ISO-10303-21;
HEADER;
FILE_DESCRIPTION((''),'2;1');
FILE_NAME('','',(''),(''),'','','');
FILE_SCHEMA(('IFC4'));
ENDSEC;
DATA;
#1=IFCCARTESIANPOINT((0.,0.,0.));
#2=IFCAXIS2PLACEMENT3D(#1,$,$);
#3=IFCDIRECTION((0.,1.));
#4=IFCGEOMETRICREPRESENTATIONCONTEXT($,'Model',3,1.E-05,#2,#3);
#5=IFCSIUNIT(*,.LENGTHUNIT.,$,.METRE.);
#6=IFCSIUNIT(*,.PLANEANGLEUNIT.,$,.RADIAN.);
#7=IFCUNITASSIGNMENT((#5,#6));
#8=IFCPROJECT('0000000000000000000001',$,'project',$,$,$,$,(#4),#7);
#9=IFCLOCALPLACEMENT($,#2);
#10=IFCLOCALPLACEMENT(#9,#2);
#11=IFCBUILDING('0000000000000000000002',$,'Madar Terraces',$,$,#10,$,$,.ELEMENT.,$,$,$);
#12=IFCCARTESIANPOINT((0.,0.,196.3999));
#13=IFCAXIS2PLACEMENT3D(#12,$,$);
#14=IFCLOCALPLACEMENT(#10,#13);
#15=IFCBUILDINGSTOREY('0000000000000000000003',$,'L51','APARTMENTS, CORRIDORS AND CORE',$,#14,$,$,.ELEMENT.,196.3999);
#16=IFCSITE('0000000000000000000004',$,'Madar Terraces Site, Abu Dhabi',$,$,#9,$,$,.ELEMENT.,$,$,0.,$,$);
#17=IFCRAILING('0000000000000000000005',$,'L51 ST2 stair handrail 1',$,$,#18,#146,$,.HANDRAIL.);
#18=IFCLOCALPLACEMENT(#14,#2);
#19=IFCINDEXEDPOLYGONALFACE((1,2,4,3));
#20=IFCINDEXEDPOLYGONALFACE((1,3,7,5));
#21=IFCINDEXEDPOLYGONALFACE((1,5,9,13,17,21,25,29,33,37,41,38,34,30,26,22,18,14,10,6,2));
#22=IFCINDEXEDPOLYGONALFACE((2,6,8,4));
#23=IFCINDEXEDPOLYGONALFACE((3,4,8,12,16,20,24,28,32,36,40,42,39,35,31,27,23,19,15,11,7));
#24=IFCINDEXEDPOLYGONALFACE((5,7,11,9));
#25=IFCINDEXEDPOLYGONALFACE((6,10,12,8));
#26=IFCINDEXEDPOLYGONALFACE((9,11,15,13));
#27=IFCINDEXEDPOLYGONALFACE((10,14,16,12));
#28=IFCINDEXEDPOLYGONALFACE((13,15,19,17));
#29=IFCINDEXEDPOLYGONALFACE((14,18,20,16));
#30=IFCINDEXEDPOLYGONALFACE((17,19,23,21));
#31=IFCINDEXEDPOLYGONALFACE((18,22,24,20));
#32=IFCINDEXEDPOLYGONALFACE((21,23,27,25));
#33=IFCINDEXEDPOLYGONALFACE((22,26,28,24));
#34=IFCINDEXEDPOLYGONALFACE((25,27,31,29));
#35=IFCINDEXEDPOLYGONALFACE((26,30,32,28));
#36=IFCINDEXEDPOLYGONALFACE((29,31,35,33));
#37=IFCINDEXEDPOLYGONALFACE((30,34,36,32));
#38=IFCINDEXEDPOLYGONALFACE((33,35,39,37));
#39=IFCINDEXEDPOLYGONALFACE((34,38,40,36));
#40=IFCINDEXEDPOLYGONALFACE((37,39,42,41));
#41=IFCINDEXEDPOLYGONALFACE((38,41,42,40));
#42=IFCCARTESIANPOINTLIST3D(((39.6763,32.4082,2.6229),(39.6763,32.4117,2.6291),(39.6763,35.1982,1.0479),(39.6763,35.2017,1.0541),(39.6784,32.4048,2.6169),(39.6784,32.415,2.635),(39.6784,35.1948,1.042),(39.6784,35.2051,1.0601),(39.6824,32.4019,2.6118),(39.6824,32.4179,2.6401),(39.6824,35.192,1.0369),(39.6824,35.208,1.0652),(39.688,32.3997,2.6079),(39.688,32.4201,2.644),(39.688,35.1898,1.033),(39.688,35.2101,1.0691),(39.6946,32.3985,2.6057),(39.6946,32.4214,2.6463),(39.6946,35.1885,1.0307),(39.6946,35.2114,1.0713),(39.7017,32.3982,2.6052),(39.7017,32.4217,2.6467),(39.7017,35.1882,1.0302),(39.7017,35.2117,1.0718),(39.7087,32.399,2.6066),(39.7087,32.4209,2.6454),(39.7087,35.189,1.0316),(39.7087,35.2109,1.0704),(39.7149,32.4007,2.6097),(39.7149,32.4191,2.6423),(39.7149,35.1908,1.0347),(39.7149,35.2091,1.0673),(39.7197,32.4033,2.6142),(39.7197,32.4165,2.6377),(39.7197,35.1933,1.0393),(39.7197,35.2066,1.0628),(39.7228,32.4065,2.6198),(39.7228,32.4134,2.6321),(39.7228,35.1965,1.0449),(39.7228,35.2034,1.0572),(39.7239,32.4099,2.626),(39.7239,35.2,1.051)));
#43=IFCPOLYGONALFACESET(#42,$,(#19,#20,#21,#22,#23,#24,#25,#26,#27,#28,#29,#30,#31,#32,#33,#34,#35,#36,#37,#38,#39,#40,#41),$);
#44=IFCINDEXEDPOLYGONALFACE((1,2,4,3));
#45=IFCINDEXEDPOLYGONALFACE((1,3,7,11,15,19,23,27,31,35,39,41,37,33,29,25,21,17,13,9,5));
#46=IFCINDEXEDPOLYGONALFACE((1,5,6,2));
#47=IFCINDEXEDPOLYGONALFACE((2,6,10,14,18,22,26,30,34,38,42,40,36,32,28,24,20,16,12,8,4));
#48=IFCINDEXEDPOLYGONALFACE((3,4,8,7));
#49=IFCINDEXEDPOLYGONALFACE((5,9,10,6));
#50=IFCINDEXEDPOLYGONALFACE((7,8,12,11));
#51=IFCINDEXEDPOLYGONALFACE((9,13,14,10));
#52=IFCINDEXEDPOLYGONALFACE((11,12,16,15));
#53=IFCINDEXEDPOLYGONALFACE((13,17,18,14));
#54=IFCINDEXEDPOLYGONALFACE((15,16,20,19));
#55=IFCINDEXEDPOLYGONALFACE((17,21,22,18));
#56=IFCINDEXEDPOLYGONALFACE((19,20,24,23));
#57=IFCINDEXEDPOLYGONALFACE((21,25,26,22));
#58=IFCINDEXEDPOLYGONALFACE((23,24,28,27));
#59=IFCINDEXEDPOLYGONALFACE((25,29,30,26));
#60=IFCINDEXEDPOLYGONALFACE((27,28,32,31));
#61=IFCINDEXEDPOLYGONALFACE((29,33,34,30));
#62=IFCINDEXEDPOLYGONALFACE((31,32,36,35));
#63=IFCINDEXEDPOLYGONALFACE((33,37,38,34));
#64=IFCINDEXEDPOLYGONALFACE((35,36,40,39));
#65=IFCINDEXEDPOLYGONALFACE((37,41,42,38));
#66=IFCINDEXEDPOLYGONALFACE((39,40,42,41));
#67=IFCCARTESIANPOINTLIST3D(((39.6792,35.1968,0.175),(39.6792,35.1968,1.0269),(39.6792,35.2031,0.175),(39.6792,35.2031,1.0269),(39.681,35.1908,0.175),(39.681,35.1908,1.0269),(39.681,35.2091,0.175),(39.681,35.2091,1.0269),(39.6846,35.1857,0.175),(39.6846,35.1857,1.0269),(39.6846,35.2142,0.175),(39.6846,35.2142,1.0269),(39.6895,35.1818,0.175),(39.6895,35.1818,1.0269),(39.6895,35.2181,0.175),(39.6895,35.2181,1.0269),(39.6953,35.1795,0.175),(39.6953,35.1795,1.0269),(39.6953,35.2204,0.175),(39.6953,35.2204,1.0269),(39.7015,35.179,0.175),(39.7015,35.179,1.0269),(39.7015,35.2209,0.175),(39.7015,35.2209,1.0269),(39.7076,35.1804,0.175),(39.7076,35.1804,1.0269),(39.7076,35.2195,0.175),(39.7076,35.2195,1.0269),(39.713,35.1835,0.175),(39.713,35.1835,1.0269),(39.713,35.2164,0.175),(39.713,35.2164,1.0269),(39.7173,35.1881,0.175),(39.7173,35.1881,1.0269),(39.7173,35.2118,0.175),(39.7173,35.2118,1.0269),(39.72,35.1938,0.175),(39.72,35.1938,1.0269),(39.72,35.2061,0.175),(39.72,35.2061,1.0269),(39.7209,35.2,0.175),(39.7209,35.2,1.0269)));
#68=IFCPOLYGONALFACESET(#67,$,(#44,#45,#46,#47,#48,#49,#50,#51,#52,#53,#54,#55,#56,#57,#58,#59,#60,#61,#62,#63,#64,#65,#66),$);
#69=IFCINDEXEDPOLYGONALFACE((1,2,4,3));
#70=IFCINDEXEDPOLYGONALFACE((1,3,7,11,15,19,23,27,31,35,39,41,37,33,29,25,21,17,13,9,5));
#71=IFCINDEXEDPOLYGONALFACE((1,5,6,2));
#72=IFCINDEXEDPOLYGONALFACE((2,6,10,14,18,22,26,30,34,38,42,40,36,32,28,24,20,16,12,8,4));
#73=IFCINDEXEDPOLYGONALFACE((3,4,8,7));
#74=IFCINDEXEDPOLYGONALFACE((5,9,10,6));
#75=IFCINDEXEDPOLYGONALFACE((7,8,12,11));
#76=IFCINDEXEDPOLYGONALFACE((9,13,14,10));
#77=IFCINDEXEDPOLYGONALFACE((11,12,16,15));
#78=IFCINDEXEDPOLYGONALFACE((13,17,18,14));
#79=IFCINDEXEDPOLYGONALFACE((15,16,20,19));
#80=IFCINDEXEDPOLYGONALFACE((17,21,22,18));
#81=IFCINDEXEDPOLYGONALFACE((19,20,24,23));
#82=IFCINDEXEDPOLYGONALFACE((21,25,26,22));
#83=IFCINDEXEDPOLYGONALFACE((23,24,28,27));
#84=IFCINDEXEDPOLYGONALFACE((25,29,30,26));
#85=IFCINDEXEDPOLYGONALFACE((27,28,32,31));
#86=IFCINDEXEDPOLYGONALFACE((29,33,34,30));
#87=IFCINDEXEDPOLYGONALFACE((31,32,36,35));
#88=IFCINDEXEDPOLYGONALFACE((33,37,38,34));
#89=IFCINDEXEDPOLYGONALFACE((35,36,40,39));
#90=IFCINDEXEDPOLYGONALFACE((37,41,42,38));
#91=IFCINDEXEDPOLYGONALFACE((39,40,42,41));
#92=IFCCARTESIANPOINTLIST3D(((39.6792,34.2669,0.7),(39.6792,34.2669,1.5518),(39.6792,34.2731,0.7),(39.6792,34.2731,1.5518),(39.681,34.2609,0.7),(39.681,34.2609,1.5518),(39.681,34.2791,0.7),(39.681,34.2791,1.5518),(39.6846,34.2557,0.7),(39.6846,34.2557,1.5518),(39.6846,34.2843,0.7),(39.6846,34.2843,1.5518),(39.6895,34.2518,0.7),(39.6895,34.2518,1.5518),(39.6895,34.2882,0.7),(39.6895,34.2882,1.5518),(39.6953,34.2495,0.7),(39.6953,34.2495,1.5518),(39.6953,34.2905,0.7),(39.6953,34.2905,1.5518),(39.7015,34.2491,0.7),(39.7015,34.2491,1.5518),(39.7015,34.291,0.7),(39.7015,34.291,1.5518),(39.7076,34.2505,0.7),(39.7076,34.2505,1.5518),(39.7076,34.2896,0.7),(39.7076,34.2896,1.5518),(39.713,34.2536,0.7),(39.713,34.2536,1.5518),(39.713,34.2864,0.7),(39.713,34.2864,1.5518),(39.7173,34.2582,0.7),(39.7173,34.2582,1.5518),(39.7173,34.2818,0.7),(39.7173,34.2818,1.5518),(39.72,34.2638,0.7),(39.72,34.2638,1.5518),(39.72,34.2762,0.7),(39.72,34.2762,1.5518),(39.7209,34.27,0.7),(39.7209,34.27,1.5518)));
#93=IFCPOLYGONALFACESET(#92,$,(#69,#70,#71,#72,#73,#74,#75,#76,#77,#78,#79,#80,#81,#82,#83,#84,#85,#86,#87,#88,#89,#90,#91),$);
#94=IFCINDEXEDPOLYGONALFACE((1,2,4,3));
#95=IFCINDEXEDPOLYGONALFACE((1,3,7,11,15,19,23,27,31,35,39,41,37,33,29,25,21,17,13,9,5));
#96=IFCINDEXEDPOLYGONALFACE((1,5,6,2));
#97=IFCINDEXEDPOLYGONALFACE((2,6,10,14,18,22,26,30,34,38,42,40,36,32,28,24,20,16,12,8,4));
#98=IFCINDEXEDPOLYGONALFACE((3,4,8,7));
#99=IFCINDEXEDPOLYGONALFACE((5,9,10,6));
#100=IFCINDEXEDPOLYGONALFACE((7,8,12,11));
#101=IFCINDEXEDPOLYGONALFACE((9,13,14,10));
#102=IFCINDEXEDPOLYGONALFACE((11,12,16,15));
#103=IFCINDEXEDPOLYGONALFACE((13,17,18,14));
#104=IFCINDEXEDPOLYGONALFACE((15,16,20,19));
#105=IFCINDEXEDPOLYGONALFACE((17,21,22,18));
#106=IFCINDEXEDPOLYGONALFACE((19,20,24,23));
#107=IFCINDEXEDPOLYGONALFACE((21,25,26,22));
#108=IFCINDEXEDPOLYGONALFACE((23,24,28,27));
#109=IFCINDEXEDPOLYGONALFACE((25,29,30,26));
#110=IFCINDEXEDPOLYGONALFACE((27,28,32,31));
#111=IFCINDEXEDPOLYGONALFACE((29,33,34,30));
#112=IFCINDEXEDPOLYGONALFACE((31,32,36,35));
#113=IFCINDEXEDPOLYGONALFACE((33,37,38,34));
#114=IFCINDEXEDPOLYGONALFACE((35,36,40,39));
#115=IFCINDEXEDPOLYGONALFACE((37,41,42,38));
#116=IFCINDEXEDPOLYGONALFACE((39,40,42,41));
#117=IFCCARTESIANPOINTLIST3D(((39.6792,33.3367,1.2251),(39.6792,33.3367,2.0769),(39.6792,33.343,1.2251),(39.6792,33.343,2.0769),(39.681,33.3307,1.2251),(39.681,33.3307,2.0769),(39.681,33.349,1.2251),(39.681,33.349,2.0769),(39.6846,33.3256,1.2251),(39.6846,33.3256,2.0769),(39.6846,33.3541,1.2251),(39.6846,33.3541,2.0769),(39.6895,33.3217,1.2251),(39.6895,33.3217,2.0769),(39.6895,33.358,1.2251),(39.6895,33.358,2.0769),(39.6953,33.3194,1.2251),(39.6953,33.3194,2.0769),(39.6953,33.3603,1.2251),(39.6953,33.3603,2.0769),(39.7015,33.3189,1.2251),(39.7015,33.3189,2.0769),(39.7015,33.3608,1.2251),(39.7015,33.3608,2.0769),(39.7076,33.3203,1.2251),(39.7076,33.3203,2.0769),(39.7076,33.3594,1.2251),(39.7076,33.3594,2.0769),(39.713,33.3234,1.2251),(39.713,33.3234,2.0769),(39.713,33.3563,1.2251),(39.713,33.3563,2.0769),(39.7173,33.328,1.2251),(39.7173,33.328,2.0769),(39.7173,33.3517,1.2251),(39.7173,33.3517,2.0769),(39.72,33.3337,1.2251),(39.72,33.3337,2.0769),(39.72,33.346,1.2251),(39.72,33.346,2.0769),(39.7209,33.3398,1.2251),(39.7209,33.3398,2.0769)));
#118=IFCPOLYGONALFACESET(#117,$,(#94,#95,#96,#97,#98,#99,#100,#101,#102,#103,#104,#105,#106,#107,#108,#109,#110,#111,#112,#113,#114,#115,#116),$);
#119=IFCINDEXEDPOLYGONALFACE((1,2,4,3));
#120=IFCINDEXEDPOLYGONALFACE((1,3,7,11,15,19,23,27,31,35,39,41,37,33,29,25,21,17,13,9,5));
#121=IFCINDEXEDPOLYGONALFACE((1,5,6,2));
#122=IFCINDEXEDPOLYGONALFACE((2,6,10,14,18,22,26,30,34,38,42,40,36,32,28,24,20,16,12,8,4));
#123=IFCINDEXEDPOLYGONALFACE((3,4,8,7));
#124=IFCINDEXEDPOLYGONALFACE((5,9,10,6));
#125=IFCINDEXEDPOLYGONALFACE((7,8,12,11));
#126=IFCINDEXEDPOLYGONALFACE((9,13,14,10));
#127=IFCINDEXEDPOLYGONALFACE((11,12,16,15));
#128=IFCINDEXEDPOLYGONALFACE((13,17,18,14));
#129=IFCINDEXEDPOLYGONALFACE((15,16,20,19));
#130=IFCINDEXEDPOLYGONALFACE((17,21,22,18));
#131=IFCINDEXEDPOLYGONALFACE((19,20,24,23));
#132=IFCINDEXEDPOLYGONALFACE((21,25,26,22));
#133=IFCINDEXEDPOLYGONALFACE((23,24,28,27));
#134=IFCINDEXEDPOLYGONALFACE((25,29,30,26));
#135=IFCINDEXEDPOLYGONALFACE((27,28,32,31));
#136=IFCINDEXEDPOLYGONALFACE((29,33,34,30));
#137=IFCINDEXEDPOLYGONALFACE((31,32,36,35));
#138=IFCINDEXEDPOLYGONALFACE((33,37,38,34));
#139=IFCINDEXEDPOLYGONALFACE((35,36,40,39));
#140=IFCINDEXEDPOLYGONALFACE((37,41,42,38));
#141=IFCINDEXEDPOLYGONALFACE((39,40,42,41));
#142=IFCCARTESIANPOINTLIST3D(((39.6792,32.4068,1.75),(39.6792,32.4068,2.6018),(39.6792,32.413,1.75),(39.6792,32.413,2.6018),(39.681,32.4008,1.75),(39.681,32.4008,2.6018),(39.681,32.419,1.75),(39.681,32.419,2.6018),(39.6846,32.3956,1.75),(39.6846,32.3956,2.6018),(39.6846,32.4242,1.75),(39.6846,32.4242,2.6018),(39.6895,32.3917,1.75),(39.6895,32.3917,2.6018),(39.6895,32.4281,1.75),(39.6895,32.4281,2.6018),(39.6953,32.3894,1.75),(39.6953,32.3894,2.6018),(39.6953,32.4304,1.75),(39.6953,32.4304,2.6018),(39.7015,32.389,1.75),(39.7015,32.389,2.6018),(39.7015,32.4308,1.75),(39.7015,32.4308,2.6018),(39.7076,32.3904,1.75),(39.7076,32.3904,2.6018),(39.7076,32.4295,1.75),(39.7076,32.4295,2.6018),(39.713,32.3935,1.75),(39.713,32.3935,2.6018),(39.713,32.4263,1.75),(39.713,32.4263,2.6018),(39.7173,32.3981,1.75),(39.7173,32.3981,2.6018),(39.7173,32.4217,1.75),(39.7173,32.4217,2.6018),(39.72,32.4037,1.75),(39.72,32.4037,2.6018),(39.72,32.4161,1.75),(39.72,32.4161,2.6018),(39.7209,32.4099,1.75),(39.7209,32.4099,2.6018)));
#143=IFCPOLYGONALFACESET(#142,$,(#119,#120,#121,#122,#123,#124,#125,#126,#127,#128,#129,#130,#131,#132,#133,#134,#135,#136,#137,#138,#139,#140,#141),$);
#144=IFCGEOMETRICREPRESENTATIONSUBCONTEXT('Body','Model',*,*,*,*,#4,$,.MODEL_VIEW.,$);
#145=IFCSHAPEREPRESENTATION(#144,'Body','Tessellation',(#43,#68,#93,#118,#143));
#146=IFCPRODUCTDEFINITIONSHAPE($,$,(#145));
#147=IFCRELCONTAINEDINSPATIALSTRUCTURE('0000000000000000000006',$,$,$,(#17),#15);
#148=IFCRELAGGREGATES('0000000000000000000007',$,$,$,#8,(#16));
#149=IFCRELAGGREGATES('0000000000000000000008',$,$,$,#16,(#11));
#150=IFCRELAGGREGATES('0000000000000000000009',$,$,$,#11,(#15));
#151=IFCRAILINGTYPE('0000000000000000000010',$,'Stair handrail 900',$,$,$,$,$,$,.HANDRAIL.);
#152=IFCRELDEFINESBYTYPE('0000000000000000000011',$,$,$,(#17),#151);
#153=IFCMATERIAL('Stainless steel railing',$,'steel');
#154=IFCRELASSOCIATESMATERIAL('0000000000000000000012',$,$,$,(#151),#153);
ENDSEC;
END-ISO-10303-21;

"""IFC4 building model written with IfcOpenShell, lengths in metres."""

from ifc_helpers import new_model, si_unit, direction, frame, origin, origin_2d, place, context, subcontext, project, spatial, circle, extrude, material, type_object, element, save


model = new_model("IFC4")

# Units and contexts
model_context = context("Model", 3, precision=1e-05, world=origin(), true_north=direction((0.0, 1.0)))
body_context = subcontext(model_context, "Body", "Model", "MODEL_VIEW")
ifc_project = project(units=[si_unit("LENGTHUNIT", "METRE"), si_unit("PLANEANGLEUNIT", "RADIAN")], contexts=[model_context])

# Site, building, storey
site_placement = place(None, origin())
site = spatial("IfcSite", under=ifc_project, at=site_placement, Name="Madar Terraces Site, Abu Dhabi", CompositionType="ELEMENT", RefElevation=0.0)
building_placement = place(site_placement, origin())
building = spatial("IfcBuilding", under=site, at=building_placement, Name="Madar Terraces", CompositionType="ELEMENT")
storey_placement = place(building_placement, frame((0.0, 0.0, 196.3999)))
storey = spatial("IfcBuildingStorey", under=building, at=storey_placement, Name="L51", Description="APARTMENTS, CORRIDORS AND CORE", CompositionType="ELEMENT", Elevation=196.3999)

# Railing
ifc_material_1 = material(Name="Stainless steel railing", Category="steel")
railing_type_1 = type_object("IfcRailingType", Name="Stair handrail 900", PredefinedType="HANDRAIL", material=ifc_material_1)
railing_1_placement = place(storey_placement, frame((39.7, 35.2, 0.175)))
element("IfcRailing", 1, at=railing_1_placement, inside=storey, type_object=railing_type_1, Name="L51 ST2 stair handrail 1", PredefinedType="HANDRAIL", context=body_context, shape_type="SweptSolid", body=[
    extrude(circle(Radius=0.0239, at=origin_2d()), frame((0.0, 0.0, 0.876), z_axis=(0.0, -0.870834, 0.491578), x_axis=(1.0, 0.0, 0.0)), (0.0, 0.0, 1.0), 3.2039),
    extrude(circle(Radius=0.021, at=origin_2d()), origin(), (0.0, 0.0, 1.0), 0.8518),
    extrude(circle(Radius=0.021, at=origin_2d()), frame((0.0, -0.9299, 0.5249)), (0.0, 0.0, 1.0), 0.8518),
    extrude(circle(Radius=0.021, at=origin_2d()), frame((0.0, -1.8601, 1.05)), (0.0, 0.0, 1.0), 0.8518),
    extrude(circle(Radius=0.021, at=origin_2d()), frame((0.0, -2.79, 1.575)), (0.0, 0.0, 1.0), 0.8518),
])

save(model, "model.ifc")
